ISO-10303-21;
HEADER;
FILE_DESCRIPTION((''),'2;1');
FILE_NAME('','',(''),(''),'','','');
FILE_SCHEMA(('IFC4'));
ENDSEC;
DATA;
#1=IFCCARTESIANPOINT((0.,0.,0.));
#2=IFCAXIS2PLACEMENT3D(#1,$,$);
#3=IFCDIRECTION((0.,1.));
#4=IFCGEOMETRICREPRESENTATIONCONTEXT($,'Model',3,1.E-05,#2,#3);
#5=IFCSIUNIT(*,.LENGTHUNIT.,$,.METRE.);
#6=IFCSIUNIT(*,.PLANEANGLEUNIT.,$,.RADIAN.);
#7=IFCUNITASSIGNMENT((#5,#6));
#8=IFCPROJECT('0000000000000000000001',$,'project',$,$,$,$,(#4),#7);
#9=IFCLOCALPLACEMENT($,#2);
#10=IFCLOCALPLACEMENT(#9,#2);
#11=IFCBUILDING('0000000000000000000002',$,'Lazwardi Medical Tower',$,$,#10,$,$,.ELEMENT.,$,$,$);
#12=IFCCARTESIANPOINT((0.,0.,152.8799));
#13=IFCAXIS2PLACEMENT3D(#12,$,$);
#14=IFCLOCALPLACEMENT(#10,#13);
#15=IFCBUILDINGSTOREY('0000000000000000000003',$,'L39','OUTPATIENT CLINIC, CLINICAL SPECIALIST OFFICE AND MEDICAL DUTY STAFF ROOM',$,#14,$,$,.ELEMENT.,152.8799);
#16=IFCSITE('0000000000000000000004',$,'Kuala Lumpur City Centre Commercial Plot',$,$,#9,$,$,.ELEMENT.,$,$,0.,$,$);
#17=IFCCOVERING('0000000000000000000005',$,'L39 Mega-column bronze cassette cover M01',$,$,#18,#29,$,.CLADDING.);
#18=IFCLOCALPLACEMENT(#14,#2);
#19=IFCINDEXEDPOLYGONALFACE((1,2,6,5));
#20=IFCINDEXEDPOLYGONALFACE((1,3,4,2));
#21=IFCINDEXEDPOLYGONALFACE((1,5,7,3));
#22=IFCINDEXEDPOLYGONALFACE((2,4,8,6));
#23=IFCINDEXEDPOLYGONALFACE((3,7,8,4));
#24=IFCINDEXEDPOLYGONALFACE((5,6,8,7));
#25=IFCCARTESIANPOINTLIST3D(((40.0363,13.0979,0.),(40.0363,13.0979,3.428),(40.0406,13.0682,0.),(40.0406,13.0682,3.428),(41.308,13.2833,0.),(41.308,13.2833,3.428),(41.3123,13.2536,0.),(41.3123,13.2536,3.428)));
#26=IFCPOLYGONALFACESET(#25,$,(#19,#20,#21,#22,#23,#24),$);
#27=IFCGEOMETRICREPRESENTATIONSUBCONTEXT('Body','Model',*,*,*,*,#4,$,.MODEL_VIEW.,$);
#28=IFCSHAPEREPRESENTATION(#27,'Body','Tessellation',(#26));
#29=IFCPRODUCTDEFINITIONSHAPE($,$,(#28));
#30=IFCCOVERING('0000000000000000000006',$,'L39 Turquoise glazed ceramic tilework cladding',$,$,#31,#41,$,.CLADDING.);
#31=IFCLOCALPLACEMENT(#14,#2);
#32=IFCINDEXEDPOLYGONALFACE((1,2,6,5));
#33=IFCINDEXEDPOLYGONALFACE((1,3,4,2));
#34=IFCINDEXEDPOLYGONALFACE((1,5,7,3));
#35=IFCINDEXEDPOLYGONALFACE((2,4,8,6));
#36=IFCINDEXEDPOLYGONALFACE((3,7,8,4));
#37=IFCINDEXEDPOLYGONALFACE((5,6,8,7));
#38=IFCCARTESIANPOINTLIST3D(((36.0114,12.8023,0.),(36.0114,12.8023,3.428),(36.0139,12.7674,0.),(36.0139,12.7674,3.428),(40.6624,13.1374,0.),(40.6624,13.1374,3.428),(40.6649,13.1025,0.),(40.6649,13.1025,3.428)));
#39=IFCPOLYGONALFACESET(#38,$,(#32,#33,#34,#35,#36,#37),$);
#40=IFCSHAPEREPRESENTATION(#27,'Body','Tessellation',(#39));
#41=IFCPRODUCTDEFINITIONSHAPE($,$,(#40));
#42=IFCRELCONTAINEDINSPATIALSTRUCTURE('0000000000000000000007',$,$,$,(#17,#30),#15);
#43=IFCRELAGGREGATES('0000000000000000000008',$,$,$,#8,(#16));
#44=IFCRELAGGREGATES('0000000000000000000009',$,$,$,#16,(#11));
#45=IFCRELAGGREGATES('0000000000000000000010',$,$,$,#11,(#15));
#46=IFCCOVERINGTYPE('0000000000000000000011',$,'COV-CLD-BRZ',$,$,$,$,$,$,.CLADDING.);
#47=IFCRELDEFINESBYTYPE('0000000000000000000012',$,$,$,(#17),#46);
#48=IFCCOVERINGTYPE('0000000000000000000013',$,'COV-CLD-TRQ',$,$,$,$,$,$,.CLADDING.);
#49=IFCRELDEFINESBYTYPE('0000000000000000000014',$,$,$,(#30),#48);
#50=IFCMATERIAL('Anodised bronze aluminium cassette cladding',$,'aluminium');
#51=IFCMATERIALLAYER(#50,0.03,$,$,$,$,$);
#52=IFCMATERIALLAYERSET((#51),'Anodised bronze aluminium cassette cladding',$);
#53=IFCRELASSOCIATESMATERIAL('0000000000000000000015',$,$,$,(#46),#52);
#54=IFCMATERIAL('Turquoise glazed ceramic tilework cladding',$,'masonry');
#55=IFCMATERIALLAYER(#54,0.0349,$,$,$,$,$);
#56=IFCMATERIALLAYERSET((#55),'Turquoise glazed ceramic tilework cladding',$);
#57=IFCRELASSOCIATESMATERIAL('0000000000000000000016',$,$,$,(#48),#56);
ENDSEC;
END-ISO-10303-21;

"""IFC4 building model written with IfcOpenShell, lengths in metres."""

from ifc_helpers import new_model, si_unit, direction, frame, origin, origin_2d, place, context, subcontext, project, spatial, rectangle, extrude, material, layer, layer_set, type_object, element, save


model = new_model("IFC4")

# Units and contexts
model_context = context("Model", 3, precision=1e-05, world=origin(), true_north=direction((0.0, 1.0)))
body_context = subcontext(model_context, "Body", "Model", "MODEL_VIEW")
ifc_project = project(units=[si_unit("LENGTHUNIT", "METRE"), si_unit("PLANEANGLEUNIT", "RADIAN")], contexts=[model_context])

# Site, building, storey
site_placement = place(None, origin())
site = spatial("IfcSite", under=ifc_project, at=site_placement, Name="Kuala Lumpur City Centre Commercial Plot", CompositionType="ELEMENT", RefElevation=0.0)
building_placement = place(site_placement, origin())
building = spatial("IfcBuilding", under=site, at=building_placement, Name="Lazwardi Medical Tower", CompositionType="ELEMENT")
storey_placement = place(building_placement, frame((0.0, 0.0, 152.8799)))
storey = spatial("IfcBuildingStorey", under=building, at=storey_placement, Name="L39", Description="OUTPATIENT CLINIC, CLINICAL SPECIALIST OFFICE AND MEDICAL DUTY STAFF ROOM", CompositionType="ELEMENT", Elevation=152.8799)

# Coverings
ifc_material_1 = material(Name="Anodised bronze aluminium cassette cladding", Category="aluminium")
ifc_layer_1 = layer(ifc_material_1, 0.03)
ifc_layer_set_1 = layer_set([ifc_layer_1], Name="Anodised bronze aluminium cassette cladding")
covering_type_1 = type_object("IfcCoveringType", Name="COV-CLD-BRZ", PredefinedType="CLADDING", material=ifc_layer_set_1)
covering_1_placement = place(storey_placement, frame((40.6743, 13.1758, 0.0), z_axis=(0.0, 0.0, 1.0), x_axis=(0.989539, 0.144265, 0.0)))
element("IfcCovering", 1, at=covering_1_placement, inside=storey, type_object=covering_type_1, Name="L39 Mega-column bronze cassette cover M01", PredefinedType="CLADDING", context=body_context, shape_type="SweptSolid", body=[
    extrude(rectangle(XDim=1.2852, YDim=0.03, at=origin_2d()), origin(), (0.0, 0.0, 1.0), 3.428),
])
ifc_material_2 = material(Name="Turquoise glazed ceramic tilework cladding", Category="masonry")
ifc_layer_2 = layer(ifc_material_2, 0.0349)
ifc_layer_set_2 = layer_set([ifc_layer_2], Name="Turquoise glazed ceramic tilework cladding")
covering_type_2 = type_object("IfcCoveringType", Name="COV-CLD-TRQ", PredefinedType="CLADDING", material=ifc_layer_set_2)
covering_2_placement = place(storey_placement, frame((38.3381, 12.9524, 0.0), z_axis=(0.0, 0.0, 1.0), x_axis=(0.997415, 0.071863, 0.0)))
element("IfcCovering", 2, at=covering_2_placement, inside=storey, type_object=covering_type_2, Name="L39 Turquoise glazed ceramic tilework cladding", PredefinedType="CLADDING", context=body_context, shape_type="SweptSolid", body=[
    extrude(rectangle(XDim=4.6631, YDim=0.0349, at=origin_2d()), origin(), (0.0, 0.0, 1.0), 3.428),
])

save(model, "model.ifc")
